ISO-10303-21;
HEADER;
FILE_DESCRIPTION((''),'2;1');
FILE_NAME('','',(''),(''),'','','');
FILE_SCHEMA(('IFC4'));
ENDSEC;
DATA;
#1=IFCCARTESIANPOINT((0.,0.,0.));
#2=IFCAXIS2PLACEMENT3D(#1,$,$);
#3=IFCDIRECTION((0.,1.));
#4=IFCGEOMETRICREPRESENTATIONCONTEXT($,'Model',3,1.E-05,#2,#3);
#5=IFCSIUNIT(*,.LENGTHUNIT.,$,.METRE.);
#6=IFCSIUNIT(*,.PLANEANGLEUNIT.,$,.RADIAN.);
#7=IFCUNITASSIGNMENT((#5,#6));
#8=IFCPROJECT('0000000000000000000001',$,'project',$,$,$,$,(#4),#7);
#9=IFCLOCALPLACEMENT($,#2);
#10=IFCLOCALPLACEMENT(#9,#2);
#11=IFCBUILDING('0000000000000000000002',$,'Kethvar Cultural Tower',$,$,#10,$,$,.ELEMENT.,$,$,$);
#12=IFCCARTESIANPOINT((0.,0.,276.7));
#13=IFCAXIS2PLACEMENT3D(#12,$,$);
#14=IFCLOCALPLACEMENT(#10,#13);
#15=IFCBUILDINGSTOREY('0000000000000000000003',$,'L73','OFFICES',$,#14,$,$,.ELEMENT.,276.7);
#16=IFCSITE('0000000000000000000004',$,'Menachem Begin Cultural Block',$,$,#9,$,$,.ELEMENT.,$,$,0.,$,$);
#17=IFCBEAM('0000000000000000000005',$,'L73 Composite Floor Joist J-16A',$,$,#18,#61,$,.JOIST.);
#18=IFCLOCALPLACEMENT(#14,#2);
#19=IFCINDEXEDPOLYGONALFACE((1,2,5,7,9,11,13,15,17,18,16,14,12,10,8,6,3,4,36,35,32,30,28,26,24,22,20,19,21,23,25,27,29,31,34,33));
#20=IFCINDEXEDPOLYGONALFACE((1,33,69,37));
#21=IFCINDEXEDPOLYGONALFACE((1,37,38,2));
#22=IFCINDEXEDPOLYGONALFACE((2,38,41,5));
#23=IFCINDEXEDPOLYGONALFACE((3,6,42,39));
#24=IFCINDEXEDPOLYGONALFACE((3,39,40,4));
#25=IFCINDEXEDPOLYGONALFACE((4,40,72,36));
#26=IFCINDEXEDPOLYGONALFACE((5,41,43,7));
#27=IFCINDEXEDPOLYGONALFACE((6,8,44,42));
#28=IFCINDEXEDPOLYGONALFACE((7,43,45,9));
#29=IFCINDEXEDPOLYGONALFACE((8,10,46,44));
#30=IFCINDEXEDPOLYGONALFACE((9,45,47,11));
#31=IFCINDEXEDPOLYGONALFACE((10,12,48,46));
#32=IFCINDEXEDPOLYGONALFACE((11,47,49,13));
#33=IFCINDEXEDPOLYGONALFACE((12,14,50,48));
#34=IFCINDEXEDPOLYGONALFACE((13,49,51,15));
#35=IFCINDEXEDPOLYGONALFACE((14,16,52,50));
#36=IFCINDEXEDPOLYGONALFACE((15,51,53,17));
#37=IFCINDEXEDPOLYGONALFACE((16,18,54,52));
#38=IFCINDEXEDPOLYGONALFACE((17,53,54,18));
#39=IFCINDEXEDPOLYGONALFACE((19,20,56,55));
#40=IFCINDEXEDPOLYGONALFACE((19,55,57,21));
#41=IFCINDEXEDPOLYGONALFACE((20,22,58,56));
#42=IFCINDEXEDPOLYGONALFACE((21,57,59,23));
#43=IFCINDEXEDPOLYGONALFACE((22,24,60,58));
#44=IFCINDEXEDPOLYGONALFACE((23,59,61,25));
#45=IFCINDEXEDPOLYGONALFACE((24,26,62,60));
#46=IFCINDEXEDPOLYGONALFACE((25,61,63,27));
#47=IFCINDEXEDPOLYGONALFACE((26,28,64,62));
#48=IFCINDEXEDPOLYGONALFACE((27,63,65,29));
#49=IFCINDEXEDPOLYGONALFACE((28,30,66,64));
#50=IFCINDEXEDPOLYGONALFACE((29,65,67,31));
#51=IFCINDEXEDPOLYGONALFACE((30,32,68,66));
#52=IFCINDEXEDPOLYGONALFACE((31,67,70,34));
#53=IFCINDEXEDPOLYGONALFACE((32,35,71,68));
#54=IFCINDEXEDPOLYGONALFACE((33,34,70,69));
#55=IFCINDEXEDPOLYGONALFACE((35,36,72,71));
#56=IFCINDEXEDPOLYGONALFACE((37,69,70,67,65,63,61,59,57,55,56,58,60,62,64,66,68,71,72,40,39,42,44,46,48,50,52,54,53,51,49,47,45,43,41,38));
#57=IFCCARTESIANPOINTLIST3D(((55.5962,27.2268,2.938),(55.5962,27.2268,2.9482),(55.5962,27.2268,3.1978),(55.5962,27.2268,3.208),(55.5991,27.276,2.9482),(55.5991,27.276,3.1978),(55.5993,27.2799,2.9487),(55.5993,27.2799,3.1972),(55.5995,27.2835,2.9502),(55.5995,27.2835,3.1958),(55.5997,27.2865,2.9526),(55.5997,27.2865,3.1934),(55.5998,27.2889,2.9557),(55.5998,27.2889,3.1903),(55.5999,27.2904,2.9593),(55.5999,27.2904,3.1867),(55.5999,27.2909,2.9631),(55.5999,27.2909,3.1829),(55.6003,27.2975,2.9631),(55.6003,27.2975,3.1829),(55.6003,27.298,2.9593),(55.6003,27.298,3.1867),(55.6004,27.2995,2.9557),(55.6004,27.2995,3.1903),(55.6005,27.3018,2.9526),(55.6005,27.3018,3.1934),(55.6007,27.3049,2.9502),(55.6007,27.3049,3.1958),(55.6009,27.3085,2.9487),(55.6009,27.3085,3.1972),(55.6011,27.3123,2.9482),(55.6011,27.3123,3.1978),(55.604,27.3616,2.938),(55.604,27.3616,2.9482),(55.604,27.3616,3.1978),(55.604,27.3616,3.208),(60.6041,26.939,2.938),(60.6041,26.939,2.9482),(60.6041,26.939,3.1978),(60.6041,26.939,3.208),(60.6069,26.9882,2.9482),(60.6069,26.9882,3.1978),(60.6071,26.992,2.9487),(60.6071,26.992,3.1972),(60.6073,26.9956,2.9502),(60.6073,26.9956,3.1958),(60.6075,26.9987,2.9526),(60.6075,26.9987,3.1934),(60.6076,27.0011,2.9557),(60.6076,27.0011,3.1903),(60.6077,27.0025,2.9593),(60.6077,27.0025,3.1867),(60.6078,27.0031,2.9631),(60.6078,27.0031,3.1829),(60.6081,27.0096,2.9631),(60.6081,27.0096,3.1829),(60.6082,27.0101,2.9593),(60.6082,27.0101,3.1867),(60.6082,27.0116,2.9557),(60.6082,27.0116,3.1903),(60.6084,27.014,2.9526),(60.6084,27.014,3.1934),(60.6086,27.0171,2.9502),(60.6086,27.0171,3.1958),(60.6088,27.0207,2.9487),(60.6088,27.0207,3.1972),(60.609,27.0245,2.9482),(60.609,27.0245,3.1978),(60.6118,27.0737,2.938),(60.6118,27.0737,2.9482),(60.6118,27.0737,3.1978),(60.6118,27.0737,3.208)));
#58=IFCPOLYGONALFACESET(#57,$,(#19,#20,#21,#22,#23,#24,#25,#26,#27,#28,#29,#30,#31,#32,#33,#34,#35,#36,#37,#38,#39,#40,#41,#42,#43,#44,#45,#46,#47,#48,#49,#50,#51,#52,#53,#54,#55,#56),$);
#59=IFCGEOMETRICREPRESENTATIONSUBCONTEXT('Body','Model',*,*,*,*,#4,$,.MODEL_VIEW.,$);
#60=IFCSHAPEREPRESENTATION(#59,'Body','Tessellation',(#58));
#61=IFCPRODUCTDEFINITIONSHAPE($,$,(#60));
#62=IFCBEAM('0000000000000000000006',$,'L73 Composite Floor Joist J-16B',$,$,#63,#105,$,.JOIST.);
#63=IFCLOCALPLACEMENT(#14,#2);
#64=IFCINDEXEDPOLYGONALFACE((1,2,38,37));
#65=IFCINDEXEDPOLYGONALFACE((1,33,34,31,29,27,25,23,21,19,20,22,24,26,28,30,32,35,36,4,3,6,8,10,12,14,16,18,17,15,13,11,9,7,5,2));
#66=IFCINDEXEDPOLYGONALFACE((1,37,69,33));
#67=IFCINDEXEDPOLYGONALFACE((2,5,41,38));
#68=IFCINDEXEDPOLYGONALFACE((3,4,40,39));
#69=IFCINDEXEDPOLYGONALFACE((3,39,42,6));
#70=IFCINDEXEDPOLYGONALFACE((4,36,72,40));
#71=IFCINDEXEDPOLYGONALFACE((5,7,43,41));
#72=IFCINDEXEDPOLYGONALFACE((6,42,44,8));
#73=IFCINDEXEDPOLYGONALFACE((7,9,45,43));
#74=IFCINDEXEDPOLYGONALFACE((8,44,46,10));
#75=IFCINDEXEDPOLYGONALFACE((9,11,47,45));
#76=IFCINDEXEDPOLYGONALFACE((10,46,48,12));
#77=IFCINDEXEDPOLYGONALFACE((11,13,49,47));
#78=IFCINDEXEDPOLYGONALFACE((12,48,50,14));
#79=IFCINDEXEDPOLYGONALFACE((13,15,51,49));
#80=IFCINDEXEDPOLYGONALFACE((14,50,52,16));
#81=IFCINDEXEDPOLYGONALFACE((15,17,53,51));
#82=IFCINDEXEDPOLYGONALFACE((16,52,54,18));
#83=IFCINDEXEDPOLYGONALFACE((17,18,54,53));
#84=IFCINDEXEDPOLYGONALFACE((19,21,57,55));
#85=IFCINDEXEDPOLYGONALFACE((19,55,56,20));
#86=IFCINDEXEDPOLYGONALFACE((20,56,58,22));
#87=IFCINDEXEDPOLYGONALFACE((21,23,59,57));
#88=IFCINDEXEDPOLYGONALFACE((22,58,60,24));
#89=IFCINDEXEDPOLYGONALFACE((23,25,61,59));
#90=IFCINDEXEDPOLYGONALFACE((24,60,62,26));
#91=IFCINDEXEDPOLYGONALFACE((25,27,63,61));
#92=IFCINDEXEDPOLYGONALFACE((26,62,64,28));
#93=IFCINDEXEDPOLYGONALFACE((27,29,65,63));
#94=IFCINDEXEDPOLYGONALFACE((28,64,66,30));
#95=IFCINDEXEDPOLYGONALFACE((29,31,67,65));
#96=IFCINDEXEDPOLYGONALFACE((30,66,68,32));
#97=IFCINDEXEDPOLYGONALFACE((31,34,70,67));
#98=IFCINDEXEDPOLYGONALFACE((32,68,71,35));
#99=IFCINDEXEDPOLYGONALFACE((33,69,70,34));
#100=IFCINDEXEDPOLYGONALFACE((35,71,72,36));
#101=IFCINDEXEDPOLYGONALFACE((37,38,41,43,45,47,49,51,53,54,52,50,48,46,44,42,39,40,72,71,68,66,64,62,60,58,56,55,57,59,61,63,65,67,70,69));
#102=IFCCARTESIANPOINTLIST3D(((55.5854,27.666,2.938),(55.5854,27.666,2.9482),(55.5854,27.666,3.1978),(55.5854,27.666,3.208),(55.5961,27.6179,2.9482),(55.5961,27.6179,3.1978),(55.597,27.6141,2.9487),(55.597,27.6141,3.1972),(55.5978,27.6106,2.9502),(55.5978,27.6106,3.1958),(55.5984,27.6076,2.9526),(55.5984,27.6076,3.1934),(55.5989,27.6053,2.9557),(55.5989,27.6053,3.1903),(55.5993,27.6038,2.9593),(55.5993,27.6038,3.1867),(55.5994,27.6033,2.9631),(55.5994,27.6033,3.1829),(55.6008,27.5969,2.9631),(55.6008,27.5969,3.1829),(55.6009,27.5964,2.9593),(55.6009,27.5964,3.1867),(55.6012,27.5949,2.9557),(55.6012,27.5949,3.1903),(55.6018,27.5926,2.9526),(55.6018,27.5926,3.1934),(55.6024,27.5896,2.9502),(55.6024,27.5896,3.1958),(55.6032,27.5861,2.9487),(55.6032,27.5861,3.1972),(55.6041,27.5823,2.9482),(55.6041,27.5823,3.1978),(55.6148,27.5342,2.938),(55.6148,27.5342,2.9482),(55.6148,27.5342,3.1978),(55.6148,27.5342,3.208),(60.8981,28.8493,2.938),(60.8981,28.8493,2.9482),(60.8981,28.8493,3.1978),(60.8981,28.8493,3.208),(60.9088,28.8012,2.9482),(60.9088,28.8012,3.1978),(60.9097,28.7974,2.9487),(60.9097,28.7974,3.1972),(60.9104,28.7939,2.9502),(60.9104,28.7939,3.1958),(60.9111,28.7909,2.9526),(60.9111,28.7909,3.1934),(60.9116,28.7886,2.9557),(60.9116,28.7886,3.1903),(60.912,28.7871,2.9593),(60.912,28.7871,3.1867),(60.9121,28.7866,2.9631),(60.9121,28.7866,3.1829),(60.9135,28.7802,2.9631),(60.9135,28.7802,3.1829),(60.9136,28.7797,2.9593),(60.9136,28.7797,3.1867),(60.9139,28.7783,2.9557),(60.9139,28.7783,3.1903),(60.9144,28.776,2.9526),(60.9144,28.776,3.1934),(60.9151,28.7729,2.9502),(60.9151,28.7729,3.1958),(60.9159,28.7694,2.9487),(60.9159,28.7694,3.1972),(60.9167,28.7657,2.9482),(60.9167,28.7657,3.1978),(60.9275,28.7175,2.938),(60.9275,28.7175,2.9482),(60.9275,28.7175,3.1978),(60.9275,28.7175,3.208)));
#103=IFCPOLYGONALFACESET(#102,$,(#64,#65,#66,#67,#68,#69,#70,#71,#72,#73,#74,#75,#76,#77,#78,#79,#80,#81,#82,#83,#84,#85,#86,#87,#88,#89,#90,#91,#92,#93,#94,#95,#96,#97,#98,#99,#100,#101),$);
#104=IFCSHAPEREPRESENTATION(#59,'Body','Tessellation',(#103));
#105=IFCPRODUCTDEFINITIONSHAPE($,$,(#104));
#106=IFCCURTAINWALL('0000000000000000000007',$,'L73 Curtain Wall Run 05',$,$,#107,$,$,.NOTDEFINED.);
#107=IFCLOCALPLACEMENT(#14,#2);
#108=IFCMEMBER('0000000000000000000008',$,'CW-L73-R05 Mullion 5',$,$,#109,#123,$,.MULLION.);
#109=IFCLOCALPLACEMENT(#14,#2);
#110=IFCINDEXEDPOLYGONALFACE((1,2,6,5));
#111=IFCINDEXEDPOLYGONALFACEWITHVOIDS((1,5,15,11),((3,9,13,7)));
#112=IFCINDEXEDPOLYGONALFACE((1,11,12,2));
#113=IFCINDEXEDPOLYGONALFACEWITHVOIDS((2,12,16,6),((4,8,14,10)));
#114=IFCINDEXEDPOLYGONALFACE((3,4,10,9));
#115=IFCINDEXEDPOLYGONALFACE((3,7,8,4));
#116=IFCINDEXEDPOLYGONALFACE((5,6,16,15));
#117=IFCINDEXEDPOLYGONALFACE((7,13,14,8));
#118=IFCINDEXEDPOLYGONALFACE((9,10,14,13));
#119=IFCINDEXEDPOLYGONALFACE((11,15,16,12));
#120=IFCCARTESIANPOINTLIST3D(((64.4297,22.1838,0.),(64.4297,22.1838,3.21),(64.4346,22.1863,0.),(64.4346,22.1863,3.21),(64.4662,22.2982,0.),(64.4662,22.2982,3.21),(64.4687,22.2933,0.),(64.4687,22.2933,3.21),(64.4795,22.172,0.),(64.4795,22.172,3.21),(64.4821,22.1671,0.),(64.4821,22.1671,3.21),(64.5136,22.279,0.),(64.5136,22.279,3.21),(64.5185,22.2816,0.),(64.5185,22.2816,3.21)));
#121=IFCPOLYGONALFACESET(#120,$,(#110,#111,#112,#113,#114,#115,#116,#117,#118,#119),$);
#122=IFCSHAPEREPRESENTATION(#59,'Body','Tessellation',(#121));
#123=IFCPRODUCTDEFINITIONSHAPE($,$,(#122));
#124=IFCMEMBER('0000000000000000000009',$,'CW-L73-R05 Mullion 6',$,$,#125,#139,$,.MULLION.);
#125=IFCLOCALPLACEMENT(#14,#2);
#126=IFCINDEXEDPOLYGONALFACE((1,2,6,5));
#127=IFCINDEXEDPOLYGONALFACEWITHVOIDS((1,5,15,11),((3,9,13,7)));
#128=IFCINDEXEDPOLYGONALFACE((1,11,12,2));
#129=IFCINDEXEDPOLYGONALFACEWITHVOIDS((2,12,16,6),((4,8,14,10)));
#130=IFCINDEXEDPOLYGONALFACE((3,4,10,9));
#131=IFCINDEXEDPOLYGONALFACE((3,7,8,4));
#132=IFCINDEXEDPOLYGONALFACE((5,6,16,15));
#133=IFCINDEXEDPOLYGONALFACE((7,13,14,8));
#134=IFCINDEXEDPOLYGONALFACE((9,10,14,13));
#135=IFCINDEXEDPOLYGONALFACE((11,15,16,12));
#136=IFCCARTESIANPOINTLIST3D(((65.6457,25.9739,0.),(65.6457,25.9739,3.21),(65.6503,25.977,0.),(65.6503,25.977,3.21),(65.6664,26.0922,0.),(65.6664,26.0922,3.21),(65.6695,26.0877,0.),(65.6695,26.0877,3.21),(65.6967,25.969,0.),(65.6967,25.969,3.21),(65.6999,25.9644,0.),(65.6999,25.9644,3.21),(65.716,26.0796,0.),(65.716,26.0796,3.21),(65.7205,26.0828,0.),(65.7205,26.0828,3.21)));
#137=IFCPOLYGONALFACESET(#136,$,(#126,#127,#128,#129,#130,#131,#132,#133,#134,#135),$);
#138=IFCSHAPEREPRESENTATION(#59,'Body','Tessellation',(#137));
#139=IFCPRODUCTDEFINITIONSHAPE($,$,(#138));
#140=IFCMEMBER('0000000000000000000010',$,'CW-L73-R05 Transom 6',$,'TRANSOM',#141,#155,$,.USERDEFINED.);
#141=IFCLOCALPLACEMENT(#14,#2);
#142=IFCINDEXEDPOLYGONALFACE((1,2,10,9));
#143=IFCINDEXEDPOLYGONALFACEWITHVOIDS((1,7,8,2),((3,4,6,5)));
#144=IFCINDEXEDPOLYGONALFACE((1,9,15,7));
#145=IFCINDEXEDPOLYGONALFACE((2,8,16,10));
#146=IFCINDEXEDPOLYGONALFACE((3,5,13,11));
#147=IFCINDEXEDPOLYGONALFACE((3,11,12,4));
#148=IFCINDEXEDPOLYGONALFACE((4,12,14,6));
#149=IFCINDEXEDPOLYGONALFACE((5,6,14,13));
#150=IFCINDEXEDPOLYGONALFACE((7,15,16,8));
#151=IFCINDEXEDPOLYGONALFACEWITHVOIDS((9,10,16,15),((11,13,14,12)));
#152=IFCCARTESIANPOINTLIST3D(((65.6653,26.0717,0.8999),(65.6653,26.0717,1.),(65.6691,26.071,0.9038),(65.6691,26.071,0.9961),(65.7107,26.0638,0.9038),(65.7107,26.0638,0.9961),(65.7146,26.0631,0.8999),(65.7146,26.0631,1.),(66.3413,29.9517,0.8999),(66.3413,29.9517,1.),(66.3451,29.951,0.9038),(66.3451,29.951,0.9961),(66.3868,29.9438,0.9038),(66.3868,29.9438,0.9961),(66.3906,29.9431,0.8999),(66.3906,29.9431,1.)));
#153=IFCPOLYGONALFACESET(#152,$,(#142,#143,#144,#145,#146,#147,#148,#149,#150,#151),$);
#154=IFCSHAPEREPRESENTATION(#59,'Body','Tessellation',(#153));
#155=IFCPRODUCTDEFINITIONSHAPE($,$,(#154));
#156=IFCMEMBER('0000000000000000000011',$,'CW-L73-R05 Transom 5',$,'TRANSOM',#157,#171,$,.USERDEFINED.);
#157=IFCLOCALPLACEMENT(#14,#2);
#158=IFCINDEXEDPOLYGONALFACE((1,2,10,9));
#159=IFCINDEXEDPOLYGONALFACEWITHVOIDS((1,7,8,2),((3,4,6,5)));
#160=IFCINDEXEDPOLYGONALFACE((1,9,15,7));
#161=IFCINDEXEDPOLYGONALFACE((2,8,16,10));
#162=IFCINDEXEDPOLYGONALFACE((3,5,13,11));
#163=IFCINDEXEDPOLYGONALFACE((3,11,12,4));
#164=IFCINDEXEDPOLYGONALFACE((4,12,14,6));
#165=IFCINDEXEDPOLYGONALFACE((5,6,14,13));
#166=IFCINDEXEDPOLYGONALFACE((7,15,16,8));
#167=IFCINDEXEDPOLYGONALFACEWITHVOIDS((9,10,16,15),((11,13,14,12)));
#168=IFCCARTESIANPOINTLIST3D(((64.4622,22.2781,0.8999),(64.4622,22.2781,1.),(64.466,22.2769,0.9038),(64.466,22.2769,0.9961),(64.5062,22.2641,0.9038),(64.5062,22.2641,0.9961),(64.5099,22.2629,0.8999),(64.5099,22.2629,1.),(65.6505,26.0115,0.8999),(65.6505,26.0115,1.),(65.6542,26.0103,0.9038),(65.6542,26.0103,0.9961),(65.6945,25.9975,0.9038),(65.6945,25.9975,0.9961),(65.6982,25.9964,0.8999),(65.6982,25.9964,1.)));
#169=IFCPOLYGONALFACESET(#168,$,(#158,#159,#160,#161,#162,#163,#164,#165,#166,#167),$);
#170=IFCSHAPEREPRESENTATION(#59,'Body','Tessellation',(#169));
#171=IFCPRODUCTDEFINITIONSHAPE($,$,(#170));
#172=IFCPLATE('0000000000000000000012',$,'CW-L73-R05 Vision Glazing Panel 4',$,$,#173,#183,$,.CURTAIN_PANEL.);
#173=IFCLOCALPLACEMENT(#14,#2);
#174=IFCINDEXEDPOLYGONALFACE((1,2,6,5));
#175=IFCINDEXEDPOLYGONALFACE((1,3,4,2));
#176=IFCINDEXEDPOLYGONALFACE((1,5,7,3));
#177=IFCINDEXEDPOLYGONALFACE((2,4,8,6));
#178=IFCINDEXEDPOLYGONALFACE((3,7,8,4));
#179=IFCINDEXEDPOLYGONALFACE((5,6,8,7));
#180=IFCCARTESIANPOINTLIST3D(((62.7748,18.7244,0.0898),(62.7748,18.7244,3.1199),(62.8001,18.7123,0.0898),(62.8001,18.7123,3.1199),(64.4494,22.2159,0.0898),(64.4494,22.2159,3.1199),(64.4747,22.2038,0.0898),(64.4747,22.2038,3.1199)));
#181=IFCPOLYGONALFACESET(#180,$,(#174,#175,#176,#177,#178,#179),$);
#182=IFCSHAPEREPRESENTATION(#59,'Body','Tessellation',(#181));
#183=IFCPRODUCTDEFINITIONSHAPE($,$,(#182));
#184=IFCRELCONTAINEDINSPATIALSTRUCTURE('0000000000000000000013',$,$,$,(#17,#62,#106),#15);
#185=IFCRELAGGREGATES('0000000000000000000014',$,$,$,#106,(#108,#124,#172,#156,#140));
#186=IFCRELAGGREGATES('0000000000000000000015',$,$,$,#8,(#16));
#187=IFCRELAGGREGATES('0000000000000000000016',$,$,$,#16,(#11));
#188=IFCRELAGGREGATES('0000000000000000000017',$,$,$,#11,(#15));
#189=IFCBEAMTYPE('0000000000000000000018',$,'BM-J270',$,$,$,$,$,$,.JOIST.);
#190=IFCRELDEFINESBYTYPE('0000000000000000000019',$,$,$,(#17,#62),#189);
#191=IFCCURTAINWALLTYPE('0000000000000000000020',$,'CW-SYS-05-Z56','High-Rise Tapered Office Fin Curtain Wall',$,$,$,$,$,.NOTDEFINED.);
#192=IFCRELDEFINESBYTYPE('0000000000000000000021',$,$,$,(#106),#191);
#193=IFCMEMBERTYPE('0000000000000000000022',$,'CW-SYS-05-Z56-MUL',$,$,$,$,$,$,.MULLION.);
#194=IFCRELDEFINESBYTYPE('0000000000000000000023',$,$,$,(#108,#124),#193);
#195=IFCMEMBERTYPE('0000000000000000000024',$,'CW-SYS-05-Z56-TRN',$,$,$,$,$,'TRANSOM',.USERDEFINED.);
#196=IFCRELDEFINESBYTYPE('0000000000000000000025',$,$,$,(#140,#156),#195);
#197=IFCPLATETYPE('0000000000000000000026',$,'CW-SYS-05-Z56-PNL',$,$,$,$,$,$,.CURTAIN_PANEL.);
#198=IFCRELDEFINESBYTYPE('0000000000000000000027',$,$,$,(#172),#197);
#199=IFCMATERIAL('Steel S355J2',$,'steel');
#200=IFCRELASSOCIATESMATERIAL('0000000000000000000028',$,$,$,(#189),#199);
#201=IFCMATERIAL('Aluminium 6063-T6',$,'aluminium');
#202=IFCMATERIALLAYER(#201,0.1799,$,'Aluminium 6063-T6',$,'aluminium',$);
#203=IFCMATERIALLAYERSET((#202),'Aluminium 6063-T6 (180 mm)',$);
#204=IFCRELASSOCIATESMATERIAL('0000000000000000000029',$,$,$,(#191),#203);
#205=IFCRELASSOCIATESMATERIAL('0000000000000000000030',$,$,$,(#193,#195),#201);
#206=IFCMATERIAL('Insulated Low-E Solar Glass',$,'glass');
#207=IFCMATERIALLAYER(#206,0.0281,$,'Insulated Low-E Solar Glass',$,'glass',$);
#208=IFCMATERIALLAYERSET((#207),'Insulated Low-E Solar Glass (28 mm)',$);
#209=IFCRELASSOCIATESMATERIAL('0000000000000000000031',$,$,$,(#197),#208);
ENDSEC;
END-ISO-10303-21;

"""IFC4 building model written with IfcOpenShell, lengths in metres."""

from ifc_helpers import new_model, si_unit, direction, frame, origin, origin_2d, place, context, subcontext, project, spatial, rectangle, hollow_rectangle, i_section, extrude, source, transform, mapped, material, layer, layer_set, material_profile, profile_set, type_object, element, aggregate, save


model = new_model("IFC4")

# Units and contexts
model_context = context("Model", 3, precision=1e-05, world=origin(), true_north=direction((0.0, 1.0)))
body_context = subcontext(model_context, "Body", "Model", "MODEL_VIEW")
ifc_project = project(units=[si_unit("LENGTHUNIT", "METRE"), si_unit("PLANEANGLEUNIT", "RADIAN")], contexts=[model_context])

# Site, building, storey
site_placement = place(None, origin())
site = spatial("IfcSite", under=ifc_project, at=site_placement, Name="Menachem Begin Cultural Block", CompositionType="ELEMENT", RefElevation=0.0)
building_placement = place(site_placement, origin())
building = spatial("IfcBuilding", under=site, at=building_placement, Name="Kethvar Cultural Tower", CompositionType="ELEMENT")
storey_placement = place(building_placement, frame((0.0, 0.0, 276.7)))
storey = spatial("IfcBuildingStorey", under=building, at=storey_placement, Name="L73", Description="OFFICES", CompositionType="ELEMENT", Elevation=276.7)

# Shared definitions
ifc_material_1 = material(Name="Steel S355J2", Category="steel")

# Beams
ifc_material_profile_1 = material_profile(ifc_material_1, i_section(OverallWidth=0.135, OverallDepth=0.27, WebThickness=0.0066, FlangeThickness=0.0103, FilletRadius=0.0149, at=origin_2d()), Name="Steel S355J2 — IPE270")
ifc_profile_set_1 = profile_set([ifc_material_profile_1], Name="Steel S355J2 — IPE270")
beam_type_1 = type_object("IfcBeamType", Name="BM-J270", PredefinedType="JOIST", material=ifc_profile_set_1)
shared_shape_1 = source(origin(), body_context, "Body", "SweptSolid", [
    extrude(i_section(OverallWidth=0.135, OverallDepth=0.27, WebThickness=0.0066, FlangeThickness=0.0103, FilletRadius=0.0149, at=origin_2d()), origin(), (0.0, 0.0, 1.0), 5.0161),
])
beam_1_placement = place(storey_placement, frame((55.6001, 27.2942, 3.073), z_axis=(0.998352, -0.057384, 0.0), x_axis=(0.057384, 0.998352, 0.0)))
element("IfcBeam", 1, at=beam_1_placement, inside=storey, type_object=beam_type_1, Name="L73 Composite Floor Joist J-16A", PredefinedType="JOIST", context=body_context, shape_type="MappedRepresentation", body=[
    mapped(shared_shape_1, transform((0.0, 0.0, 0.0), scale=1.0)),
])
shared_shape_2 = source(origin(), body_context, "Body", "SweptSolid", [
    extrude(i_section(OverallWidth=0.135, OverallDepth=0.27, WebThickness=0.0066, FlangeThickness=0.0103, FilletRadius=0.0149, at=origin_2d()), origin(), (0.0, 0.0, 1.0), 5.4429),
])
beam_2_placement = place(storey_placement, frame((55.6001, 27.6001, 3.073), z_axis=(0.97608, 0.21741, 0.0), x_axis=(-0.21741, 0.97608, 0.0)))
element("IfcBeam", 2, at=beam_2_placement, inside=storey, type_object=beam_type_1, Name="L73 Composite Floor Joist J-16B", PredefinedType="JOIST", context=body_context, shape_type="MappedRepresentation", body=[
    mapped(shared_shape_2, transform((0.0, 0.0, 0.0), scale=1.0)),
])

# Curtain wall, members, plate
ifc_material_2 = material(Name="Aluminium 6063-T6", Category="aluminium")
ifc_layer_1 = layer(ifc_material_2, 0.1799, Name="Aluminium 6063-T6", Category="aluminium")
ifc_layer_set_1 = layer_set([ifc_layer_1], Name="Aluminium 6063-T6 (180 mm)")
curtain_wall_type = type_object("IfcCurtainWallType", Name="CW-SYS-05-Z56", Description="High-Rise Tapered Office Fin Curtain Wall", PredefinedType="NOTDEFINED", material=ifc_layer_set_1)
curtain_wall_placement = place(storey_placement, origin())
curtain_wall = element("IfcCurtainWall", 3, at=curtain_wall_placement, inside=storey, type_object=curtain_wall_type, Name="L73 Curtain Wall Run 05", PredefinedType="NOTDEFINED")
ifc_material_profile_2 = material_profile(ifc_material_2, hollow_rectangle(XDim=0.0549, YDim=0.1201, WallThickness=0.0039, at=origin_2d()), Name="Aluminium 6063-T6 — RHS120x55x4")
ifc_profile_set_2 = profile_set([ifc_material_profile_2], Name="Aluminium 6063-T6 — RHS120x55x4")
member_type_1 = type_object("IfcMemberType", Name="CW-SYS-05-Z56-MUL", PredefinedType="MULLION", material=ifc_profile_set_2)
shared_shape_3 = source(origin(), body_context, "Body", "SweptSolid", [
    extrude(hollow_rectangle(XDim=0.0549, YDim=0.1201, WallThickness=0.0039, at=origin_2d()), origin(), (0.0, 0.0, 1.0), 3.21),
])
member_1_placement = place(storey_placement, frame((64.4741, 22.2327, 0.0), z_axis=(0.0, 0.0, 1.0), x_axis=(-0.9529, 0.303285, 0.0)))
member_1 = element("IfcMember", 4, at=member_1_placement, type_object=member_type_1, Name="CW-L73-R05 Mullion 5", PredefinedType="MULLION", context=body_context, shape_type="MappedRepresentation", body=[
    mapped(shared_shape_3, transform((0.0, 0.0, 0.0), scale=1.0)),
])
member_2_placement = place(storey_placement, frame((65.6831, 26.0283, 0.0), z_axis=(0.0, 0.0, 1.0), x_axis=(-0.98516, 0.171637, 0.0)))
member_2 = element("IfcMember", 5, at=member_2_placement, type_object=member_type_1, Name="CW-L73-R05 Mullion 6", PredefinedType="MULLION", context=body_context, shape_type="MappedRepresentation", body=[
    mapped(shared_shape_3, transform((0.0, 0.0, 0.0), scale=1.0)),
])
ifc_material_profile_3 = material_profile(ifc_material_2, hollow_rectangle(XDim=0.05, YDim=0.1001, WallThickness=0.0039, at=origin_2d()), Name="Aluminium 6063-T6 — RHS100x50x4")
ifc_profile_set_3 = profile_set([ifc_material_profile_3], Name="Aluminium 6063-T6 — RHS100x50x4")
member_type_2 = type_object("IfcMemberType", Name="CW-SYS-05-Z56-TRN", ElementType="TRANSOM", PredefinedType="USERDEFINED", material=ifc_profile_set_3)
shared_shape_4 = source(origin(), body_context, "Body", "SweptSolid", [
    extrude(hollow_rectangle(XDim=0.05, YDim=0.1001, WallThickness=0.0039, at=origin_2d()), origin(), (0.0, 0.0, 1.0), 3.9385),
])
member_3_placement = place(storey_placement, frame((65.6899, 26.0674, 0.95), z_axis=(0.171642, 0.985159, 0.0), x_axis=(-0.985159, 0.171642, 0.0)))
member_3 = element("IfcMember", 6, at=member_3_placement, type_object=member_type_2, Name="CW-L73-R05 Transom 6", ObjectType="TRANSOM", PredefinedType="USERDEFINED", context=body_context, shape_type="MappedRepresentation", body=[
    mapped(shared_shape_4, transform((0.0, 0.0, 0.0), scale=1.0)),
])
shared_shape_5 = source(origin(), body_context, "Body", "SweptSolid", [
    extrude(hollow_rectangle(XDim=0.05, YDim=0.1001, WallThickness=0.0039, at=origin_2d()), origin(), (0.0, 0.0, 1.0), 3.918),
])
member_4_placement = place(storey_placement, frame((64.4861, 22.2705, 0.95), z_axis=(0.303281, 0.952901, 0.0), x_axis=(-0.952901, 0.303281, 0.0)))
member_4 = element("IfcMember", 7, at=member_4_placement, type_object=member_type_2, Name="CW-L73-R05 Transom 5", ObjectType="TRANSOM", PredefinedType="USERDEFINED", context=body_context, shape_type="MappedRepresentation", body=[
    mapped(shared_shape_5, transform((0.0, 0.0, 0.0), scale=1.0)),
])
ifc_material_3 = material(Name="Insulated Low-E Solar Glass", Category="glass")
ifc_layer_2 = layer(ifc_material_3, 0.0281, Name="Insulated Low-E Solar Glass", Category="glass")
ifc_layer_set_2 = layer_set([ifc_layer_2], Name="Insulated Low-E Solar Glass (28 mm)")
plate_type = type_object("IfcPlateType", Name="CW-SYS-05-Z56-PNL", PredefinedType="CURTAIN_PANEL", material=ifc_layer_set_2)
shared_shape_6 = source(origin(), body_context, "Body", "SweptSolid", [
    extrude(rectangle(XDim=3.8723, YDim=0.0281, at=origin_2d()), origin(), (0.0, 0.0, 1.0), 3.03),
])
plate_1_placement = place(storey_placement, frame((63.6248, 20.4641, 0.0898), z_axis=(0.0, 0.0, 1.0), x_axis=(0.432448, 0.901659, 0.0)))
plate_1 = element("IfcPlate", 8, at=plate_1_placement, type_object=plate_type, Name="CW-L73-R05 Vision Glazing Panel 4", PredefinedType="CURTAIN_PANEL", context=body_context, shape_type="MappedRepresentation", body=[
    mapped(shared_shape_6, transform((0.0, 0.0, 0.0), scale=1.0)),
])
aggregate(curtain_wall, [member_1, member_2, plate_1, member_4, member_3])

save(model, "model.ifc")
